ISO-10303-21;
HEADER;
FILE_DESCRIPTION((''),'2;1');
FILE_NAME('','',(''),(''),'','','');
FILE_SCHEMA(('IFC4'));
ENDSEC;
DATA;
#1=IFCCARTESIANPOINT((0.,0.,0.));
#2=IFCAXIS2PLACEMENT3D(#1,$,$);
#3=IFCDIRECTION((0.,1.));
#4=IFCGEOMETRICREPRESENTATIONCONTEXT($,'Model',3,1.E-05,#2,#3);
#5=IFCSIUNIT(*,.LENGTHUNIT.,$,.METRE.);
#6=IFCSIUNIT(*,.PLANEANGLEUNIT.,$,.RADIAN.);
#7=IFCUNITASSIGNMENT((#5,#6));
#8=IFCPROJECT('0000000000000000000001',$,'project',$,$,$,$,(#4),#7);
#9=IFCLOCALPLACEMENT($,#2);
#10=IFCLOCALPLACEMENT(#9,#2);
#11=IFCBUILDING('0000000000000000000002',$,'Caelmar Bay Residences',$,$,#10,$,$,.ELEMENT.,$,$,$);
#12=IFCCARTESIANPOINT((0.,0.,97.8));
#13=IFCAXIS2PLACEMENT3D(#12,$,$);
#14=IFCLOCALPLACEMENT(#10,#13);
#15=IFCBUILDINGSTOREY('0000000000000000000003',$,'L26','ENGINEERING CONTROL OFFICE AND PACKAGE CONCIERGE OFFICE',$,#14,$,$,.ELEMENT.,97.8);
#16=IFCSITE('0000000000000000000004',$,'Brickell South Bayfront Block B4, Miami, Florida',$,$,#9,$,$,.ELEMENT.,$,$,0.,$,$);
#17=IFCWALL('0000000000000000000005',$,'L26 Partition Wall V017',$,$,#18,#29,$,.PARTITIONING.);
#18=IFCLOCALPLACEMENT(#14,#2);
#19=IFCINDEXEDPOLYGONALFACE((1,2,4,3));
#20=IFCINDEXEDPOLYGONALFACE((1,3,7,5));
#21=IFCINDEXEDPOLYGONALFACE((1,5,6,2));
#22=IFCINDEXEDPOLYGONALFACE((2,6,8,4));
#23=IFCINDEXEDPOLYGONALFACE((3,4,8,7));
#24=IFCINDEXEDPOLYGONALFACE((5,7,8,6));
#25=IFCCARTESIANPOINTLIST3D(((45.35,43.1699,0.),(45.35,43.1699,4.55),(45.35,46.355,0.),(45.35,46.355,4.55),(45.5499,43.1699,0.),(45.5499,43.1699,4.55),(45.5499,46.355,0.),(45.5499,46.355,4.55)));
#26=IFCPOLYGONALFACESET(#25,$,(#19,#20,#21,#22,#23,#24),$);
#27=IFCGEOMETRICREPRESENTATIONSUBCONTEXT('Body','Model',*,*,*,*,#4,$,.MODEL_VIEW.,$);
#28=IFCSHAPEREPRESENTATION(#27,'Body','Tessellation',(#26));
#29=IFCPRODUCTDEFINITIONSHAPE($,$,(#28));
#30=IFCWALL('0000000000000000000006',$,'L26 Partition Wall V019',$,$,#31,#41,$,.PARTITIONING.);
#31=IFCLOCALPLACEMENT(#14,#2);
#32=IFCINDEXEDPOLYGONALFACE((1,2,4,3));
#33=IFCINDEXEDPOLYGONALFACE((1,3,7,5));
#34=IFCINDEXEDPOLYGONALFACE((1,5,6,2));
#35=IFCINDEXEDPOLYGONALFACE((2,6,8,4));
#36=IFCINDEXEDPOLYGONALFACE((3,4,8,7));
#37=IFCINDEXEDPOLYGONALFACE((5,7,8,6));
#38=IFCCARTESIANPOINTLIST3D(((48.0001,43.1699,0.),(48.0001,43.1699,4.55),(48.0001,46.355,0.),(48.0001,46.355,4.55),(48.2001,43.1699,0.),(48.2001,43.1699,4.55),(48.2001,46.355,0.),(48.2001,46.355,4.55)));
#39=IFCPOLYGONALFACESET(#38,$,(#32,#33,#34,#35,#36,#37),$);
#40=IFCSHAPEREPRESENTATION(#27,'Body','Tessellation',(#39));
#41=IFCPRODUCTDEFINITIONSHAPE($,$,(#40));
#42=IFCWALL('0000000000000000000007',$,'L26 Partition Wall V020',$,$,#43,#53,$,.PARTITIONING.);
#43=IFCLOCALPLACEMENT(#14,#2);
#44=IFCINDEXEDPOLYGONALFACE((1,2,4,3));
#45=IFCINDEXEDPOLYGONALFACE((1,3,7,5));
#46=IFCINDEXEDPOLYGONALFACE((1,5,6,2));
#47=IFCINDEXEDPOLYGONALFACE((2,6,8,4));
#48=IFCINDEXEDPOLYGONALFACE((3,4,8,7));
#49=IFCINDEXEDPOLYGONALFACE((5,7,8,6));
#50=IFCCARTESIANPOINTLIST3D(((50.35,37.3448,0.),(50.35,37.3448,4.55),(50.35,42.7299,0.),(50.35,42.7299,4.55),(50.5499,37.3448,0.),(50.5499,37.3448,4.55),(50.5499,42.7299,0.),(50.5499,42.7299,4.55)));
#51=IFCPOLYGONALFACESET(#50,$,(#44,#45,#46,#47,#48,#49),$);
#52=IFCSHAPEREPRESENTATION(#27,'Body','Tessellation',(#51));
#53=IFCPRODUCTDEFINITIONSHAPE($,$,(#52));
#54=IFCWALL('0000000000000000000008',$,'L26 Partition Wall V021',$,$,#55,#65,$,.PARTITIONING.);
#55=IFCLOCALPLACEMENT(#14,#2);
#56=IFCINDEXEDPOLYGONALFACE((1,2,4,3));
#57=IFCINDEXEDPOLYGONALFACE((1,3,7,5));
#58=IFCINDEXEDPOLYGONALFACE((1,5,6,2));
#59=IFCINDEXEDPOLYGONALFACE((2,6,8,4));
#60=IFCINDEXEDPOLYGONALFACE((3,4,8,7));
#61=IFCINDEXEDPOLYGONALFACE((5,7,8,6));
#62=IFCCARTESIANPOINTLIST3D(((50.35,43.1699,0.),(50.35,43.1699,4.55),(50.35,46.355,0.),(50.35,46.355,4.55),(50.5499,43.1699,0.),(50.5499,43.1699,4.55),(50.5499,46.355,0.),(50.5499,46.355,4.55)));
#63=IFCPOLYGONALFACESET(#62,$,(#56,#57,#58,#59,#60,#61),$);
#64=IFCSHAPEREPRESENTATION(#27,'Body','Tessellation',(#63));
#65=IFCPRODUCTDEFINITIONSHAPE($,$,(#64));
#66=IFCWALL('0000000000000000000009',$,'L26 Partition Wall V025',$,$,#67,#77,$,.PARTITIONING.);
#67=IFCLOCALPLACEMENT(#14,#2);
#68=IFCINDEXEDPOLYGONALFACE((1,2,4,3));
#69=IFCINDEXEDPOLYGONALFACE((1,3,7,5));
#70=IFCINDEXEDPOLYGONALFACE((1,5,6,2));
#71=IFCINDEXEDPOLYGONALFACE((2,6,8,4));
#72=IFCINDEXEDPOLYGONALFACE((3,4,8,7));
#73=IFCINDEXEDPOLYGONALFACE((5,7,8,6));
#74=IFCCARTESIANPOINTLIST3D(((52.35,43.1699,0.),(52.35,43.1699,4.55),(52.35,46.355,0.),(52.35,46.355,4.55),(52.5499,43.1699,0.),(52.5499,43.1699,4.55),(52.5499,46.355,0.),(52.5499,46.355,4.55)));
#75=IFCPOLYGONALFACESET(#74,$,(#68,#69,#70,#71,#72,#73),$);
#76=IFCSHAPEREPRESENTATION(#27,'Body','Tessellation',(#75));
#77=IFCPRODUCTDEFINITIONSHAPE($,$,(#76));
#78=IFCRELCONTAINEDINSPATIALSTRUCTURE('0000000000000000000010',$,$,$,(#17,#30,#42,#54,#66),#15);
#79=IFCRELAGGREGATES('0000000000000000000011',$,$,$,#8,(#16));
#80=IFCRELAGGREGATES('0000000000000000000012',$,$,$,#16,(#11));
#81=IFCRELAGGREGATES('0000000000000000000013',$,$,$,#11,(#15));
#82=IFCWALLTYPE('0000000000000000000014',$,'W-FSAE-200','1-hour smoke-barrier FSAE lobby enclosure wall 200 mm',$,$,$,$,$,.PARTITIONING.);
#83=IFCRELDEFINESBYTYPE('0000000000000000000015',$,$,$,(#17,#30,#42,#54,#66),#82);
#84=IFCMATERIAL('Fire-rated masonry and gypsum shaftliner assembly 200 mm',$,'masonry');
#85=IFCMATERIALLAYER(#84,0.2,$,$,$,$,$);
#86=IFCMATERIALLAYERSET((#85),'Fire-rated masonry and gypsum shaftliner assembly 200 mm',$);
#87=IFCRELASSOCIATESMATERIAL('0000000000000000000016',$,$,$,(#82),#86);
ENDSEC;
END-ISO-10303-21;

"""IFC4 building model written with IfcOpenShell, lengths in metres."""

from ifc_helpers import new_model, si_unit, direction, frame, frame_2d, origin, place, context, subcontext, project, spatial, rectangle, extrude, material, layer, layer_set, type_object, element, save


model = new_model("IFC4")

# Units and contexts
model_context = context("Model", 3, precision=1e-05, world=origin(), true_north=direction((0.0, 1.0)))
body_context = subcontext(model_context, "Body", "Model", "MODEL_VIEW")
ifc_project = project(units=[si_unit("LENGTHUNIT", "METRE"), si_unit("PLANEANGLEUNIT", "RADIAN")], contexts=[model_context])

# Site, building, storey
site_placement = place(None, origin())
site = spatial("IfcSite", under=ifc_project, at=site_placement, Name="Brickell South Bayfront Block B4, Miami, Florida", CompositionType="ELEMENT", RefElevation=0.0)
building_placement = place(site_placement, origin())
building = spatial("IfcBuilding", under=site, at=building_placement, Name="Caelmar Bay Residences", CompositionType="ELEMENT")
storey_placement = place(building_placement, frame((0.0, 0.0, 97.8)))
storey = spatial("IfcBuildingStorey", under=building, at=storey_placement, Name="L26", Description="ENGINEERING CONTROL OFFICE AND PACKAGE CONCIERGE OFFICE", CompositionType="ELEMENT", Elevation=97.8)

# Walls
ifc_material_1 = material(Name="Fire-rated masonry and gypsum shaftliner assembly 200 mm", Category="masonry")
ifc_layer_1 = layer(ifc_material_1, 0.2)
ifc_layer_set_1 = layer_set([ifc_layer_1], Name="Fire-rated masonry and gypsum shaftliner assembly 200 mm")
wall_type_1 = type_object("IfcWallType", Name="W-FSAE-200", Description="1-hour smoke-barrier FSAE lobby enclosure wall 200 mm", PredefinedType="PARTITIONING", material=ifc_layer_set_1)
for number, where, z_axis, x_axis, name in (
    (1, (45.45, 43.1699, 0.0), (0.0, 0.0, 1.0), (0.0, 1.0, 0.0), "L26 Partition Wall V017"),
    (2, (48.1001, 43.1699, 0.0), (0.0, 0.0, 1.0), (0.0, 1.0, 0.0), "L26 Partition Wall V019"),
):
    element("IfcWall", number, at=place(storey_placement, frame(where, z_axis=z_axis, x_axis=x_axis)), inside=storey, type_object=wall_type_1, Name=name, PredefinedType="PARTITIONING", context=body_context, shape_type="SweptSolid", body=[
        extrude(rectangle(XDim=3.1851, YDim=0.2, at=frame_2d((1.5925, 0.0))), origin(), (0.0, 0.0, 1.0), 4.55),
    ])
wall_1_placement = place(storey_placement, frame((50.45, 37.345, 0.0), z_axis=(0.0, 0.0, 1.0), x_axis=(0.0, 1.0, 0.0)))
element("IfcWall", 3, at=wall_1_placement, inside=storey, type_object=wall_type_1, Name="L26 Partition Wall V020", PredefinedType="PARTITIONING", context=body_context, shape_type="SweptSolid", body=[
    extrude(rectangle(XDim=5.385, YDim=0.2, at=frame_2d((2.6924, 0.0))), origin(), (0.0, 0.0, 1.0), 4.55),
])
for number, where, z_axis, x_axis, name in (
    (4, (50.45, 43.1699, 0.0), (0.0, 0.0, 1.0), (0.0, 1.0, 0.0), "L26 Partition Wall V021"),
    (5, (52.45, 43.1699, 0.0), (0.0, 0.0, 1.0), (0.0, 1.0, 0.0), "L26 Partition Wall V025"),
):
    element("IfcWall", number, at=place(storey_placement, frame(where, z_axis=z_axis, x_axis=x_axis)), inside=storey, type_object=wall_type_1, Name=name, PredefinedType="PARTITIONING", context=body_context, shape_type="SweptSolid", body=[
        extrude(rectangle(XDim=3.1851, YDim=0.2, at=frame_2d((1.5925, 0.0))), origin(), (0.0, 0.0, 1.0), 4.55),
    ])

save(model, "model.ifc")
